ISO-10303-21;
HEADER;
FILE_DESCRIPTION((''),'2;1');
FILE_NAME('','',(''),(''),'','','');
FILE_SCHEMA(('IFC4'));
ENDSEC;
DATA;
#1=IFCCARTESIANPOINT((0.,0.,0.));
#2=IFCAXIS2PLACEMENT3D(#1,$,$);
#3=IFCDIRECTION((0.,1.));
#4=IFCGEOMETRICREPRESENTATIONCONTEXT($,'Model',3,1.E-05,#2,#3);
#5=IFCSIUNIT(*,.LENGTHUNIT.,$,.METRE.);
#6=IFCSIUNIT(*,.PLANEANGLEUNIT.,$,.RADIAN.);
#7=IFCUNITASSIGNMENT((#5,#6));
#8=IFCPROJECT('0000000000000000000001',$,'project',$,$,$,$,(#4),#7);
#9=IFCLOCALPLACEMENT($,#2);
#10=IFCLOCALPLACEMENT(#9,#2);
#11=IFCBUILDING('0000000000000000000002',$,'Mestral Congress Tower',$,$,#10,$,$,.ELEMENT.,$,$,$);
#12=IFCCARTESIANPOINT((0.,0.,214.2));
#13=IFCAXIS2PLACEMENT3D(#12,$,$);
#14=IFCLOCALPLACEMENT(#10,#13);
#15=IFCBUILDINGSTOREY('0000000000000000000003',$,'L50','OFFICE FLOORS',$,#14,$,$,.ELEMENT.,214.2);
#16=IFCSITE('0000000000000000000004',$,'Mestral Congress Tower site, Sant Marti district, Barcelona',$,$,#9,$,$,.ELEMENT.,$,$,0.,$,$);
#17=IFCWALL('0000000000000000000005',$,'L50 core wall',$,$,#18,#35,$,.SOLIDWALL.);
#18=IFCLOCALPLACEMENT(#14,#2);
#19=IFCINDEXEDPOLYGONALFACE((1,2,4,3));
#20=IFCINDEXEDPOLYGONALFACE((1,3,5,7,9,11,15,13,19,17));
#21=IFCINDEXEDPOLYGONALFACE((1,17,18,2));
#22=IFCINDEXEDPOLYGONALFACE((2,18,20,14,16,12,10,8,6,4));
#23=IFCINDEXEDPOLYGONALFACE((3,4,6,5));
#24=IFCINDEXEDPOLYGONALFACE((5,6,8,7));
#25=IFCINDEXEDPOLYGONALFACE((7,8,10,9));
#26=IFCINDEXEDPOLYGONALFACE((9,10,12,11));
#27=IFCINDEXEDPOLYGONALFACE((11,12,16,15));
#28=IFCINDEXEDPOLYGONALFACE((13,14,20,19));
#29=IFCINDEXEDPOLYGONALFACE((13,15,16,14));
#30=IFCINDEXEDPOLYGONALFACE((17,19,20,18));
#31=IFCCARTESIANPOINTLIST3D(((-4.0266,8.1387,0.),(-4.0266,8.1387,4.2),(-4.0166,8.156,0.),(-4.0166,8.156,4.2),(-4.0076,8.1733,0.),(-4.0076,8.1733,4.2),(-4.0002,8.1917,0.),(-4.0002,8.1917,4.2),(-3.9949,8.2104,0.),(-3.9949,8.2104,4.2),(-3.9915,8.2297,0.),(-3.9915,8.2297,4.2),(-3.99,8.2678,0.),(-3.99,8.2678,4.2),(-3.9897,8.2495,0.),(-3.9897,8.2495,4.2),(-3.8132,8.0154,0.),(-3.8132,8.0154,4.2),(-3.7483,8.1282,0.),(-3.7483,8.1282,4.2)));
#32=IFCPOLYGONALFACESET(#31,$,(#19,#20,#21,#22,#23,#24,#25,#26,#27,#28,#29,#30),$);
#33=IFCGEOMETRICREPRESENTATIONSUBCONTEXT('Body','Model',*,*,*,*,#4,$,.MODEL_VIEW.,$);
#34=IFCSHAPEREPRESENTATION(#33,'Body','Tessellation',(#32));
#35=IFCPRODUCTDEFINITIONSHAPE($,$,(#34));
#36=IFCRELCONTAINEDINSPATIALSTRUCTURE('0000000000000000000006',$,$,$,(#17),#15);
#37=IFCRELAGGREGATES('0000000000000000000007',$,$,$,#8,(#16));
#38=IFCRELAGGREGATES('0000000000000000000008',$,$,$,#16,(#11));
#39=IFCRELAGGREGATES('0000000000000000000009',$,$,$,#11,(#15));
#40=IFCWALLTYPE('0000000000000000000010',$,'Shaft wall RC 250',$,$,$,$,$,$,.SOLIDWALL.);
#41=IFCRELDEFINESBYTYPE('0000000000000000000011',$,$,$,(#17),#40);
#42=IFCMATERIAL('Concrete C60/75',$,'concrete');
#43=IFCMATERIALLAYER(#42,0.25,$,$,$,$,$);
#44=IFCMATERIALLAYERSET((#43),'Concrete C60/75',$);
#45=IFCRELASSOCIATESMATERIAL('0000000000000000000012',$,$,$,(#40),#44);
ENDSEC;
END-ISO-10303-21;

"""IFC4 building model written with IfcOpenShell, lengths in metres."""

from ifc_helpers import new_model, si_unit, direction, frame, origin, place, context, subcontext, project, spatial, polyline, outline, extrude, material, layer, layer_set, type_object, element, save


model = new_model("IFC4")

# Units and contexts
model_context = context("Model", 3, precision=1e-05, world=origin(), true_north=direction((0.0, 1.0)))
body_context = subcontext(model_context, "Body", "Model", "MODEL_VIEW")
ifc_project = project(units=[si_unit("LENGTHUNIT", "METRE"), si_unit("PLANEANGLEUNIT", "RADIAN")], contexts=[model_context])

# Site, building, storey
site_placement = place(None, origin())
site = spatial("IfcSite", under=ifc_project, at=site_placement, Name="Mestral Congress Tower site, Sant Marti district, Barcelona", CompositionType="ELEMENT", RefElevation=0.0)
building_placement = place(site_placement, origin())
building = spatial("IfcBuilding", under=site, at=building_placement, Name="Mestral Congress Tower", CompositionType="ELEMENT")
storey_placement = place(building_placement, frame((0.0, 0.0, 214.2)))
storey = spatial("IfcBuildingStorey", under=building, at=storey_placement, Name="L50", Description="OFFICE FLOORS", CompositionType="ELEMENT", Elevation=214.2)

# Shared definitions
ifc_material_1 = material(Name="Concrete C60/75", Category="concrete")

# Shared definitions
placement_1 = place(storey_placement, origin())

# Wall
ifc_layer_1 = layer(ifc_material_1, 0.25)
ifc_layer_set_1 = layer_set([ifc_layer_1], Name="Concrete C60/75")
wall_type_1 = type_object("IfcWallType", Name="Shaft wall RC 250", PredefinedType="SOLIDWALL", material=ifc_layer_set_1)
element("IfcWall", 1, at=placement_1, inside=storey, type_object=wall_type_1, Name="L50 core wall", PredefinedType="SOLIDWALL", context=body_context, shape_type="SweptSolid", body=[
    extrude(outline(polyline([(-3.7483, 8.1282), (-3.8132, 8.0154), (-4.0266, 8.1387), (-4.0166, 8.156), (-4.0076, 8.1733), (-4.0002, 8.1917), (-3.9949, 8.2104), (-3.9915, 8.2297), (-3.9897, 8.2495), (-3.99, 8.2678), (-3.7483, 8.1282)])), origin(), (0.0, 0.0, 1.0), 4.2),
])

save(model, "model.ifc")
